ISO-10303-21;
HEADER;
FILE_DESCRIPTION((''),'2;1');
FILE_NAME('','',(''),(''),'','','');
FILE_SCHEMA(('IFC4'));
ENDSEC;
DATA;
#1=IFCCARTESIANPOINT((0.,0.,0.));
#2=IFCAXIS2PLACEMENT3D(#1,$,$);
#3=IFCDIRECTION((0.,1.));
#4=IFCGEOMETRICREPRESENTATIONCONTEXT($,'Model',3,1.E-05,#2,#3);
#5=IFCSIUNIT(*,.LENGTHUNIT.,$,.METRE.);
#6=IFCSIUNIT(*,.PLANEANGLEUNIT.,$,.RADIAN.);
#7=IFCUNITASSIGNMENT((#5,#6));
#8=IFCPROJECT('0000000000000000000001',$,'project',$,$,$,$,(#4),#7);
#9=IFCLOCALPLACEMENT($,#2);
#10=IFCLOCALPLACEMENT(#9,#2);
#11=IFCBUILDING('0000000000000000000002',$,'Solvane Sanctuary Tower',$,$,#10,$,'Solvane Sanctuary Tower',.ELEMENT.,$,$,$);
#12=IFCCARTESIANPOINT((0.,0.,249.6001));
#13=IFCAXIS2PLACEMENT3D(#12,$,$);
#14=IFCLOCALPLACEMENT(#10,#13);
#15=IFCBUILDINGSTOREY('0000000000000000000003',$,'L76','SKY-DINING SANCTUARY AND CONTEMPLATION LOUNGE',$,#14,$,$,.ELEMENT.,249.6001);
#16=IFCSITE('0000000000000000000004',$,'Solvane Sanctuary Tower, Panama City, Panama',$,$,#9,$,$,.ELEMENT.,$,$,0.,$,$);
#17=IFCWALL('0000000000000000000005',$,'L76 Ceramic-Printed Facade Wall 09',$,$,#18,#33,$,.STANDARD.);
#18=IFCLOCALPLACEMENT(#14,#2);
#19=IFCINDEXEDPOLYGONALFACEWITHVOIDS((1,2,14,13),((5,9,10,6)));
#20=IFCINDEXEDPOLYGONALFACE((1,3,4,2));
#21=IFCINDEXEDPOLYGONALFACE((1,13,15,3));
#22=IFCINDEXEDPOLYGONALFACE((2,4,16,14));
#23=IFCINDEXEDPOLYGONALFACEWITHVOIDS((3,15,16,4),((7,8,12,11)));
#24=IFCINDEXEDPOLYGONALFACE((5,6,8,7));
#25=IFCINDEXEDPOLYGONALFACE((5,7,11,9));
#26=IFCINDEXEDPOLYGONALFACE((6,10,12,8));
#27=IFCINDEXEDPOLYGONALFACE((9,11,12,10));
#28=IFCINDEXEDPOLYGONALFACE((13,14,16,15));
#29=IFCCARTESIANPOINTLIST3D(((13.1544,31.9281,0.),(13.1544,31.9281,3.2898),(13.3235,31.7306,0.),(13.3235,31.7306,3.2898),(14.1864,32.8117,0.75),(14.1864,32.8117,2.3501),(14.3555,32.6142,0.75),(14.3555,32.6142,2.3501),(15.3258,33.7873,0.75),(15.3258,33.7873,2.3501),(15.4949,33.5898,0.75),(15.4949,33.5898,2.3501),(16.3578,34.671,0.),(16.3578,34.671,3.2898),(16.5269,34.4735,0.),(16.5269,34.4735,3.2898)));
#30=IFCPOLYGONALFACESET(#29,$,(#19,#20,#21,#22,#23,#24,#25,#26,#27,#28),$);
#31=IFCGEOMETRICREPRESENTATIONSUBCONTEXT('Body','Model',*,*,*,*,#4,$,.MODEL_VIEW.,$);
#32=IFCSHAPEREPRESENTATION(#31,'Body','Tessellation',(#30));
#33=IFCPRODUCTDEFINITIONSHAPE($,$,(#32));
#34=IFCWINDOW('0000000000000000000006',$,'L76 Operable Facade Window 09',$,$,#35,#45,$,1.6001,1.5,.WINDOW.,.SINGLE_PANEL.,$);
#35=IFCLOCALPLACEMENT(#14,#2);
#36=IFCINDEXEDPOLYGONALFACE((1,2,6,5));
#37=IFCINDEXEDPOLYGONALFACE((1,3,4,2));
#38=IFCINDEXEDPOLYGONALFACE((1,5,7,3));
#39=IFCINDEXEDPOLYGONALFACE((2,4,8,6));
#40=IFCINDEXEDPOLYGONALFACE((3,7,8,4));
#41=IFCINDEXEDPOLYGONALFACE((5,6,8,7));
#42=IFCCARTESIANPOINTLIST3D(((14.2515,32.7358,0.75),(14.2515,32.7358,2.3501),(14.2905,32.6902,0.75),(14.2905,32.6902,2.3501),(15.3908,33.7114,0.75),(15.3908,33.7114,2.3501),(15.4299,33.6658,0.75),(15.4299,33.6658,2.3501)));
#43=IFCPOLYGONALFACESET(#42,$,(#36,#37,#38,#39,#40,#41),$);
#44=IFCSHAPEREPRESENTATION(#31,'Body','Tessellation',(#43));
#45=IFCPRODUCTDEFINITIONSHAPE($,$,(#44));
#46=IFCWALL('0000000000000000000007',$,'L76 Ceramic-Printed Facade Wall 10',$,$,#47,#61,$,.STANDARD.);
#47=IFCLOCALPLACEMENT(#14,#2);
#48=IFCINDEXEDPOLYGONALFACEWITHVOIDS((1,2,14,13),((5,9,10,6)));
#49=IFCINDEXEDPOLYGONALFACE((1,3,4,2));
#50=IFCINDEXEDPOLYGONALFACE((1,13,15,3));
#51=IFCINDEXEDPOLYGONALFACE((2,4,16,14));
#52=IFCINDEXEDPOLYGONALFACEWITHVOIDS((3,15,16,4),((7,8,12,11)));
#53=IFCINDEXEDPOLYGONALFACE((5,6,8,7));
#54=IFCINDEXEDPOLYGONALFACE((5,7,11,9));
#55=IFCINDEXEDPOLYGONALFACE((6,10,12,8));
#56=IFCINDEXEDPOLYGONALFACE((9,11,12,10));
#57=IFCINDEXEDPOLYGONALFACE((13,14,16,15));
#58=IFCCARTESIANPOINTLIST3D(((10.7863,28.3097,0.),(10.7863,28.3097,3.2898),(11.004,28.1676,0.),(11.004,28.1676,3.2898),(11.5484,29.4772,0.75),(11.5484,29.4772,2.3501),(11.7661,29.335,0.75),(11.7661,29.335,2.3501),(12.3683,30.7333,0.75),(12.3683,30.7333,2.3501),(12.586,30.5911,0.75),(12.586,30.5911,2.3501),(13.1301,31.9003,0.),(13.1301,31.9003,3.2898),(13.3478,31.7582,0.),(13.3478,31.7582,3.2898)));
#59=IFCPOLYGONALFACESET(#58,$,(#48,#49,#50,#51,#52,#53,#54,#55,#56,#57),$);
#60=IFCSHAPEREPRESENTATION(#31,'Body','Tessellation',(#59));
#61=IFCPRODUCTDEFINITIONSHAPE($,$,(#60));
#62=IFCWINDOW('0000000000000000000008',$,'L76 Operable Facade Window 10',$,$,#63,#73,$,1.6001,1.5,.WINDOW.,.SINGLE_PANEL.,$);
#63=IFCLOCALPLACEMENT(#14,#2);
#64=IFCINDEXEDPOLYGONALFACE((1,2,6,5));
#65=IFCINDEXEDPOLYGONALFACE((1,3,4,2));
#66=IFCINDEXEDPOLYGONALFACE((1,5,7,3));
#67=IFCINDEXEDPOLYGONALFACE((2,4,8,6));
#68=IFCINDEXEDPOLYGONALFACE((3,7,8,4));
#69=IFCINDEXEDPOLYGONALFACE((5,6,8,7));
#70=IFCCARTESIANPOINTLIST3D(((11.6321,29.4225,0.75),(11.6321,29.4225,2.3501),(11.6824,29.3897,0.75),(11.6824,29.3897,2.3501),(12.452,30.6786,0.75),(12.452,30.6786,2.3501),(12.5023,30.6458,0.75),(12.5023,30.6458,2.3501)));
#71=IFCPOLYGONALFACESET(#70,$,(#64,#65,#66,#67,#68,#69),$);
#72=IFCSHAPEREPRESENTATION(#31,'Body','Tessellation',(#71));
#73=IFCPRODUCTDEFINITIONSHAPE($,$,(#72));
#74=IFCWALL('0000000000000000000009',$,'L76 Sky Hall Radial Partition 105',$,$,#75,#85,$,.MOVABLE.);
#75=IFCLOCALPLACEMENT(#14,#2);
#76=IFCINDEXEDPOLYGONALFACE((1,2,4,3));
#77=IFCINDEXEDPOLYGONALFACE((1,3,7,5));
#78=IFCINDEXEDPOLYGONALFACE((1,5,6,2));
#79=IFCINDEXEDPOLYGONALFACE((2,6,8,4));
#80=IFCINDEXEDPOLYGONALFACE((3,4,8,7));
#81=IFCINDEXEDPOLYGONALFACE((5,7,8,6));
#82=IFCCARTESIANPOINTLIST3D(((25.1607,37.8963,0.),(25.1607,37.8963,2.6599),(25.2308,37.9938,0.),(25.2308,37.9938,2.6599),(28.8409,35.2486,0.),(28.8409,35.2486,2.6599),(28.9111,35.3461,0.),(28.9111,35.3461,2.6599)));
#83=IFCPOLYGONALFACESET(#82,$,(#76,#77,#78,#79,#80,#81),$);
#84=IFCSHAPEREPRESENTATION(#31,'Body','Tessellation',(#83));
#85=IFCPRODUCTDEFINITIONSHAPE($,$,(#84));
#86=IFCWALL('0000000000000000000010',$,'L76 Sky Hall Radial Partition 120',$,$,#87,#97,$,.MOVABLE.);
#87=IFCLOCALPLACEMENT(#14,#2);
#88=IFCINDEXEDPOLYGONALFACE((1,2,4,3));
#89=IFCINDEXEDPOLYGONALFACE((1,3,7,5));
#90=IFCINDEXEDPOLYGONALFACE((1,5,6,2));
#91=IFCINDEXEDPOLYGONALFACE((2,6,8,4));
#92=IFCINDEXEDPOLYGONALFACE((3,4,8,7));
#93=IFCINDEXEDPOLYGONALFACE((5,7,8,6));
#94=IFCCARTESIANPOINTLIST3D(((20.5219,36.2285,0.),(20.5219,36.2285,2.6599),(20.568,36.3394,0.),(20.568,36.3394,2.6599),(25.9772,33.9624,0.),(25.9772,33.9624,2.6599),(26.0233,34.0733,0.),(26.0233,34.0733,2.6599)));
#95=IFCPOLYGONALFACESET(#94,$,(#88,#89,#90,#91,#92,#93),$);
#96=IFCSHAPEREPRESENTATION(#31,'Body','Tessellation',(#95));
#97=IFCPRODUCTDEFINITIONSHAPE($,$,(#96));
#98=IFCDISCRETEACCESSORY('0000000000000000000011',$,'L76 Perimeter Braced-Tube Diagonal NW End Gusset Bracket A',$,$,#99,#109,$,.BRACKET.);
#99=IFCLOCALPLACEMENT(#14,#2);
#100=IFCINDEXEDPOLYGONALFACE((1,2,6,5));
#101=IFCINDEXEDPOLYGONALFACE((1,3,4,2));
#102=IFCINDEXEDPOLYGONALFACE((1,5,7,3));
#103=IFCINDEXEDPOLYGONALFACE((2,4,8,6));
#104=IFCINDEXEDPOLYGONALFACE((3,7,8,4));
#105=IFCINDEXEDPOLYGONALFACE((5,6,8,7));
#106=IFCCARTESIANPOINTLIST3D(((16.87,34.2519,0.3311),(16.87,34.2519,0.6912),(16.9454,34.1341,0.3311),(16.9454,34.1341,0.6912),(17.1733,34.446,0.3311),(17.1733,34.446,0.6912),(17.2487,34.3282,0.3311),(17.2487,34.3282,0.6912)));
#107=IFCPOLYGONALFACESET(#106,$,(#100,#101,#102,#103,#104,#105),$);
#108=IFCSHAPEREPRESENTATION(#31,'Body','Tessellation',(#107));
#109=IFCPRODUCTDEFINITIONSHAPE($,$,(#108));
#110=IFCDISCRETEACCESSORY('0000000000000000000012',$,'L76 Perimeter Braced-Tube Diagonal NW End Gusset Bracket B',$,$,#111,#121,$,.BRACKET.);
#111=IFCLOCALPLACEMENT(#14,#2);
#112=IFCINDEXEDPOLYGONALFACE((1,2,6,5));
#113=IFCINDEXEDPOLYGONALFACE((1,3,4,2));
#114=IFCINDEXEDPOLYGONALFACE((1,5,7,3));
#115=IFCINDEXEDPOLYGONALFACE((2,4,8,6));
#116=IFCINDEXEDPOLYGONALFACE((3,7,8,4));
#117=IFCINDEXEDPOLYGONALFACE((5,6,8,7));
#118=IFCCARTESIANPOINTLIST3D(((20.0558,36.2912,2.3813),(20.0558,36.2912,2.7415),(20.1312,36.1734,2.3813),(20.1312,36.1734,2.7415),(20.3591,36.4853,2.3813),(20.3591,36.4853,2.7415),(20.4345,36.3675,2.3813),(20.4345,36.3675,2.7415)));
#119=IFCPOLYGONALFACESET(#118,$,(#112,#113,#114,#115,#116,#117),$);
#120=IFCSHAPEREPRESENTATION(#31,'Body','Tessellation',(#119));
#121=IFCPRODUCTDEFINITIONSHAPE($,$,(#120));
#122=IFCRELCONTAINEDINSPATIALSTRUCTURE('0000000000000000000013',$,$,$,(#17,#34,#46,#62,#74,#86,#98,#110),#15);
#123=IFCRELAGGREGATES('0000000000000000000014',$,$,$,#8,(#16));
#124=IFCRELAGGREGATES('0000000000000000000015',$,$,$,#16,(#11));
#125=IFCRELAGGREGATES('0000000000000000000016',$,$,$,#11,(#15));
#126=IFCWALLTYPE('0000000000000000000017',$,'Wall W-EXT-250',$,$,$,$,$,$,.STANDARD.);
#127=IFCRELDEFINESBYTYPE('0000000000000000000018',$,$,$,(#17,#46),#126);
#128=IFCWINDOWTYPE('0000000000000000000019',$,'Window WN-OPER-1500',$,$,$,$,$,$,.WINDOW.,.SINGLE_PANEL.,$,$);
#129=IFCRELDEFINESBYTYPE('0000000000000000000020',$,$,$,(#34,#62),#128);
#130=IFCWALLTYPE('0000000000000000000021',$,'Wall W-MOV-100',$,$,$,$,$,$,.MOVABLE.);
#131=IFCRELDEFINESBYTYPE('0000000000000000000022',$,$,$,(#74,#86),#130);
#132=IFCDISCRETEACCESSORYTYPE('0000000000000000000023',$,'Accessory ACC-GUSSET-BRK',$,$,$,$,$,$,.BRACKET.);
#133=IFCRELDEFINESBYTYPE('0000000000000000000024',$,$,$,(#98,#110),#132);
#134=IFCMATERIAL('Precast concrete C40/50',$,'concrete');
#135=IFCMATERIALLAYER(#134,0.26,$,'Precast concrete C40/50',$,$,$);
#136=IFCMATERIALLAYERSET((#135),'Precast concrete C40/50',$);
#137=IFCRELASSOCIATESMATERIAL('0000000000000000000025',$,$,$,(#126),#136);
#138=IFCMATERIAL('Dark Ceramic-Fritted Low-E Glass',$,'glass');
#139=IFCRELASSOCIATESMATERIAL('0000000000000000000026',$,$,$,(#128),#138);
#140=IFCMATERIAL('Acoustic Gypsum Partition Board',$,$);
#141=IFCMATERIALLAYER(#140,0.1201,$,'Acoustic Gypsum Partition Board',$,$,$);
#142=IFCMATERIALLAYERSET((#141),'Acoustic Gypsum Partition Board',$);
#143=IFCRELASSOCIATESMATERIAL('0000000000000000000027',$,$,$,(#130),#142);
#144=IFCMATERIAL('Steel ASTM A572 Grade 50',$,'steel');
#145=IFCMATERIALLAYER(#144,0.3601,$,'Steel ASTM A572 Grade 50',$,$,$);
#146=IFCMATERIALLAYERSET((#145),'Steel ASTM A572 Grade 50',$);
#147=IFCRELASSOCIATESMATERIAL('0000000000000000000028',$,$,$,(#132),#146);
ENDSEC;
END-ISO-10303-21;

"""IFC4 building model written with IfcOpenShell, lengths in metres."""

from ifc_helpers import new_model, si_unit, direction, frame, frame_2d, origin, origin_2d, place, context, subcontext, project, spatial, rectangle, extrude, material, layer, layer_set, type_object, element, fill, save


model = new_model("IFC4")

# Units and contexts
model_context = context("Model", 3, precision=1e-05, world=origin(), true_north=direction((0.0, 1.0)))
body_context = subcontext(model_context, "Body", "Model", "MODEL_VIEW")
ifc_project = project(units=[si_unit("LENGTHUNIT", "METRE"), si_unit("PLANEANGLEUNIT", "RADIAN")], contexts=[model_context])

# Site, building, storey
site_placement = place(None, origin())
site = spatial("IfcSite", under=ifc_project, at=site_placement, Name="Solvane Sanctuary Tower, Panama City, Panama", CompositionType="ELEMENT", RefElevation=0.0)
building_placement = place(site_placement, origin())
building = spatial("IfcBuilding", under=site, at=building_placement, Name="Solvane Sanctuary Tower", LongName="Solvane Sanctuary Tower", CompositionType="ELEMENT")
storey_placement = place(building_placement, frame((0.0, 0.0, 249.6001)))
storey = spatial("IfcBuildingStorey", under=building, at=storey_placement, Name="L76", Description="SKY-DINING SANCTUARY AND CONTEMPLATION LOUNGE", CompositionType="ELEMENT", Elevation=249.6001)

# Shared definitions
ifc_material_1 = material(Name="Acoustic Gypsum Partition Board")

# Walls, openings, windows
ifc_material_2 = material(Name="Precast concrete C40/50", Category="concrete")
ifc_layer_1 = layer(ifc_material_2, 0.26, Name="Precast concrete C40/50")
ifc_layer_set_1 = layer_set([ifc_layer_1], Name="Precast concrete C40/50")
wall_type_1 = type_object("IfcWallType", Name="Wall W-EXT-250", PredefinedType="STANDARD", material=ifc_layer_set_1)
wall_1_placement = place(storey_placement, frame((16.4424, 34.5723, 0.0), z_axis=(0.0, 0.0, 1.0), x_axis=(-0.759588, -0.650405, 0.0)))
wall_1 = element("IfcWall", 1, at=wall_1_placement, inside=storey, type_object=wall_type_1, Name="L76 Ceramic-Printed Facade Wall 09", PredefinedType="STANDARD", context=body_context, shape_type="SweptSolid", body=[
    extrude(rectangle(XDim=4.2173, YDim=0.26, at=frame_2d((2.1086, 0.0))), origin(), (0.0, 0.0, 1.0), 3.2898),
])
opening_1_placement = place(wall_1_placement, frame((1.3586, 0.0, 0.75)))
opening_1 = element("IfcOpeningElement", 2, at=opening_1_placement, cuts=wall_1, PredefinedType="OPENING", context=body_context, shape_type="SweptSolid", body=[
    extrude(rectangle(XDim=1.5, YDim=1.6001, at=frame_2d((0.75, 0.8))), frame((0.0, 0.1399, 0.0), z_axis=(0.0, -1.0, 0.0), x_axis=(1.0, 0.0, 0.0)), (0.0, 0.0, 1.0), 0.28),
])
ifc_material_3 = material(Name="Dark Ceramic-Fritted Low-E Glass", Category="glass")
window_type = type_object("IfcWindowType", Name="Window WN-OPER-1500", PartitioningType="SINGLE_PANEL", PredefinedType="WINDOW", material=ifc_material_3)
window_1_placement = place(opening_1_placement, origin())
window_1 = element("IfcWindow", 3, at=window_1_placement, inside=storey, type_object=window_type, Name="L76 Operable Facade Window 09", OverallHeight=1.6001, OverallWidth=1.5, PartitioningType="SINGLE_PANEL", PredefinedType="WINDOW", context=body_context, shape_type="SweptSolid", body=[
    extrude(rectangle(XDim=1.5, YDim=1.6001, at=frame_2d((0.75, 0.8))), frame((0.0, 0.03, 0.0), z_axis=(0.0, -1.0, 0.0), x_axis=(1.0, 0.0, 0.0)), (0.0, 0.0, 1.0), 0.0601),
])
fill(opening_1, window_1)
wall_2_placement = place(storey_placement, frame((13.239, 31.8293, 0.0), z_axis=(0.0, 0.0, 1.0), x_axis=(-0.546606, -0.83739, 0.0)))
wall_2 = element("IfcWall", 4, at=wall_2_placement, inside=storey, type_object=wall_type_1, Name="L76 Ceramic-Printed Facade Wall 10", PredefinedType="STANDARD", context=body_context, shape_type="SweptSolid", body=[
    extrude(rectangle(XDim=4.2878, YDim=0.26, at=frame_2d((2.144, 0.0))), origin(), (0.0, 0.0, 1.0), 3.2898),
])
opening_2_placement = place(wall_2_placement, frame((1.3938, 0.0, 0.75)))
opening_2 = element("IfcOpeningElement", 5, at=opening_2_placement, cuts=wall_2, PredefinedType="OPENING", context=body_context, shape_type="SweptSolid", body=[
    extrude(rectangle(XDim=1.5, YDim=1.6001, at=frame_2d((0.75, 0.8))), frame((0.0, 0.1399, 0.0), z_axis=(0.0, -1.0, 0.0), x_axis=(1.0, 0.0, 0.0)), (0.0, 0.0, 1.0), 0.28),
])
window_2_placement = place(opening_2_placement, origin())
window_2 = element("IfcWindow", 6, at=window_2_placement, inside=storey, type_object=window_type, Name="L76 Operable Facade Window 10", OverallHeight=1.6001, OverallWidth=1.5, PartitioningType="SINGLE_PANEL", PredefinedType="WINDOW", context=body_context, shape_type="SweptSolid", body=[
    extrude(rectangle(XDim=1.5, YDim=1.6001, at=frame_2d((0.75, 0.8))), frame((0.0, 0.03, 0.0), z_axis=(0.0, -1.0, 0.0), x_axis=(1.0, 0.0, 0.0)), (0.0, 0.0, 1.0), 0.0601),
])
fill(opening_2, window_2)

# Walls
ifc_layer_2 = layer(ifc_material_1, 0.1201, Name="Acoustic Gypsum Partition Board")
ifc_layer_set_2 = layer_set([ifc_layer_2], Name="Acoustic Gypsum Partition Board")
wall_type_2 = type_object("IfcWallType", Name="Wall W-MOV-100", PredefinedType="MOVABLE", material=ifc_layer_set_2)
wall_3_placement = place(storey_placement, frame((28.876, 35.2974, 0.0), z_axis=(0.0, 0.0, 1.0), x_axis=(-0.811746, 0.584011, 0.0)))
element("IfcWall", 7, at=wall_3_placement, inside=storey, type_object=wall_type_2, Name="L76 Sky Hall Radial Partition 105", PredefinedType="MOVABLE", context=body_context, shape_type="SweptSolid", body=[
    extrude(rectangle(XDim=4.5337, YDim=0.1201, at=frame_2d((2.2668, 0.0))), origin(), (0.0, 0.0, 1.0), 2.6599),
])
wall_4_placement = place(storey_placement, frame((26.0002, 34.0178, 0.0), z_axis=(0.0, 0.0, 1.0), x_axis=(-0.923493, 0.383614, 0.0)))
element("IfcWall", 8, at=wall_4_placement, inside=storey, type_object=wall_type_2, Name="L76 Sky Hall Radial Partition 120", PredefinedType="MOVABLE", context=body_context, shape_type="SweptSolid", body=[
    extrude(rectangle(XDim=5.9072, YDim=0.1201, at=frame_2d((2.9536, 0.0))), origin(), (0.0, 0.0, 1.0), 2.6599),
])

# Discrete accessories
ifc_material_4 = material(Name="Steel ASTM A572 Grade 50", Category="steel")
ifc_layer_3 = layer(ifc_material_4, 0.3601, Name="Steel ASTM A572 Grade 50")
ifc_layer_set_3 = layer_set([ifc_layer_3], Name="Steel ASTM A572 Grade 50")
discrete_accessory_type = type_object("IfcDiscreteAccessoryType", Name="Accessory ACC-GUSSET-BRK", PredefinedType="BRACKET", material=ifc_layer_set_3)
for number, where, z_axis, x_axis, name in (
    (9, (17.0593, 34.29, 0.3311), (0.0, 0.0, 1.0), (0.842264, 0.539065, 0.0), "L76 Perimeter Braced-Tube Diagonal NW End Gusset Bracket A"),
    (10, (20.2451, 36.3293, 2.3813), (0.0, 0.0, 1.0), (0.842264, 0.539065, 0.0), "L76 Perimeter Braced-Tube Diagonal NW End Gusset Bracket B"),
):
    element("IfcDiscreteAccessory", number, at=place(storey_placement, frame(where, z_axis=z_axis, x_axis=x_axis)), inside=storey, type_object=discrete_accessory_type, Name=name, PredefinedType="BRACKET", context=body_context, shape_type="SweptSolid", body=[
        extrude(rectangle(XDim=0.3601, YDim=0.1399, at=origin_2d()), origin(), (0.0, 0.0, 1.0), 0.3601),
    ])

save(model, "model.ifc")
